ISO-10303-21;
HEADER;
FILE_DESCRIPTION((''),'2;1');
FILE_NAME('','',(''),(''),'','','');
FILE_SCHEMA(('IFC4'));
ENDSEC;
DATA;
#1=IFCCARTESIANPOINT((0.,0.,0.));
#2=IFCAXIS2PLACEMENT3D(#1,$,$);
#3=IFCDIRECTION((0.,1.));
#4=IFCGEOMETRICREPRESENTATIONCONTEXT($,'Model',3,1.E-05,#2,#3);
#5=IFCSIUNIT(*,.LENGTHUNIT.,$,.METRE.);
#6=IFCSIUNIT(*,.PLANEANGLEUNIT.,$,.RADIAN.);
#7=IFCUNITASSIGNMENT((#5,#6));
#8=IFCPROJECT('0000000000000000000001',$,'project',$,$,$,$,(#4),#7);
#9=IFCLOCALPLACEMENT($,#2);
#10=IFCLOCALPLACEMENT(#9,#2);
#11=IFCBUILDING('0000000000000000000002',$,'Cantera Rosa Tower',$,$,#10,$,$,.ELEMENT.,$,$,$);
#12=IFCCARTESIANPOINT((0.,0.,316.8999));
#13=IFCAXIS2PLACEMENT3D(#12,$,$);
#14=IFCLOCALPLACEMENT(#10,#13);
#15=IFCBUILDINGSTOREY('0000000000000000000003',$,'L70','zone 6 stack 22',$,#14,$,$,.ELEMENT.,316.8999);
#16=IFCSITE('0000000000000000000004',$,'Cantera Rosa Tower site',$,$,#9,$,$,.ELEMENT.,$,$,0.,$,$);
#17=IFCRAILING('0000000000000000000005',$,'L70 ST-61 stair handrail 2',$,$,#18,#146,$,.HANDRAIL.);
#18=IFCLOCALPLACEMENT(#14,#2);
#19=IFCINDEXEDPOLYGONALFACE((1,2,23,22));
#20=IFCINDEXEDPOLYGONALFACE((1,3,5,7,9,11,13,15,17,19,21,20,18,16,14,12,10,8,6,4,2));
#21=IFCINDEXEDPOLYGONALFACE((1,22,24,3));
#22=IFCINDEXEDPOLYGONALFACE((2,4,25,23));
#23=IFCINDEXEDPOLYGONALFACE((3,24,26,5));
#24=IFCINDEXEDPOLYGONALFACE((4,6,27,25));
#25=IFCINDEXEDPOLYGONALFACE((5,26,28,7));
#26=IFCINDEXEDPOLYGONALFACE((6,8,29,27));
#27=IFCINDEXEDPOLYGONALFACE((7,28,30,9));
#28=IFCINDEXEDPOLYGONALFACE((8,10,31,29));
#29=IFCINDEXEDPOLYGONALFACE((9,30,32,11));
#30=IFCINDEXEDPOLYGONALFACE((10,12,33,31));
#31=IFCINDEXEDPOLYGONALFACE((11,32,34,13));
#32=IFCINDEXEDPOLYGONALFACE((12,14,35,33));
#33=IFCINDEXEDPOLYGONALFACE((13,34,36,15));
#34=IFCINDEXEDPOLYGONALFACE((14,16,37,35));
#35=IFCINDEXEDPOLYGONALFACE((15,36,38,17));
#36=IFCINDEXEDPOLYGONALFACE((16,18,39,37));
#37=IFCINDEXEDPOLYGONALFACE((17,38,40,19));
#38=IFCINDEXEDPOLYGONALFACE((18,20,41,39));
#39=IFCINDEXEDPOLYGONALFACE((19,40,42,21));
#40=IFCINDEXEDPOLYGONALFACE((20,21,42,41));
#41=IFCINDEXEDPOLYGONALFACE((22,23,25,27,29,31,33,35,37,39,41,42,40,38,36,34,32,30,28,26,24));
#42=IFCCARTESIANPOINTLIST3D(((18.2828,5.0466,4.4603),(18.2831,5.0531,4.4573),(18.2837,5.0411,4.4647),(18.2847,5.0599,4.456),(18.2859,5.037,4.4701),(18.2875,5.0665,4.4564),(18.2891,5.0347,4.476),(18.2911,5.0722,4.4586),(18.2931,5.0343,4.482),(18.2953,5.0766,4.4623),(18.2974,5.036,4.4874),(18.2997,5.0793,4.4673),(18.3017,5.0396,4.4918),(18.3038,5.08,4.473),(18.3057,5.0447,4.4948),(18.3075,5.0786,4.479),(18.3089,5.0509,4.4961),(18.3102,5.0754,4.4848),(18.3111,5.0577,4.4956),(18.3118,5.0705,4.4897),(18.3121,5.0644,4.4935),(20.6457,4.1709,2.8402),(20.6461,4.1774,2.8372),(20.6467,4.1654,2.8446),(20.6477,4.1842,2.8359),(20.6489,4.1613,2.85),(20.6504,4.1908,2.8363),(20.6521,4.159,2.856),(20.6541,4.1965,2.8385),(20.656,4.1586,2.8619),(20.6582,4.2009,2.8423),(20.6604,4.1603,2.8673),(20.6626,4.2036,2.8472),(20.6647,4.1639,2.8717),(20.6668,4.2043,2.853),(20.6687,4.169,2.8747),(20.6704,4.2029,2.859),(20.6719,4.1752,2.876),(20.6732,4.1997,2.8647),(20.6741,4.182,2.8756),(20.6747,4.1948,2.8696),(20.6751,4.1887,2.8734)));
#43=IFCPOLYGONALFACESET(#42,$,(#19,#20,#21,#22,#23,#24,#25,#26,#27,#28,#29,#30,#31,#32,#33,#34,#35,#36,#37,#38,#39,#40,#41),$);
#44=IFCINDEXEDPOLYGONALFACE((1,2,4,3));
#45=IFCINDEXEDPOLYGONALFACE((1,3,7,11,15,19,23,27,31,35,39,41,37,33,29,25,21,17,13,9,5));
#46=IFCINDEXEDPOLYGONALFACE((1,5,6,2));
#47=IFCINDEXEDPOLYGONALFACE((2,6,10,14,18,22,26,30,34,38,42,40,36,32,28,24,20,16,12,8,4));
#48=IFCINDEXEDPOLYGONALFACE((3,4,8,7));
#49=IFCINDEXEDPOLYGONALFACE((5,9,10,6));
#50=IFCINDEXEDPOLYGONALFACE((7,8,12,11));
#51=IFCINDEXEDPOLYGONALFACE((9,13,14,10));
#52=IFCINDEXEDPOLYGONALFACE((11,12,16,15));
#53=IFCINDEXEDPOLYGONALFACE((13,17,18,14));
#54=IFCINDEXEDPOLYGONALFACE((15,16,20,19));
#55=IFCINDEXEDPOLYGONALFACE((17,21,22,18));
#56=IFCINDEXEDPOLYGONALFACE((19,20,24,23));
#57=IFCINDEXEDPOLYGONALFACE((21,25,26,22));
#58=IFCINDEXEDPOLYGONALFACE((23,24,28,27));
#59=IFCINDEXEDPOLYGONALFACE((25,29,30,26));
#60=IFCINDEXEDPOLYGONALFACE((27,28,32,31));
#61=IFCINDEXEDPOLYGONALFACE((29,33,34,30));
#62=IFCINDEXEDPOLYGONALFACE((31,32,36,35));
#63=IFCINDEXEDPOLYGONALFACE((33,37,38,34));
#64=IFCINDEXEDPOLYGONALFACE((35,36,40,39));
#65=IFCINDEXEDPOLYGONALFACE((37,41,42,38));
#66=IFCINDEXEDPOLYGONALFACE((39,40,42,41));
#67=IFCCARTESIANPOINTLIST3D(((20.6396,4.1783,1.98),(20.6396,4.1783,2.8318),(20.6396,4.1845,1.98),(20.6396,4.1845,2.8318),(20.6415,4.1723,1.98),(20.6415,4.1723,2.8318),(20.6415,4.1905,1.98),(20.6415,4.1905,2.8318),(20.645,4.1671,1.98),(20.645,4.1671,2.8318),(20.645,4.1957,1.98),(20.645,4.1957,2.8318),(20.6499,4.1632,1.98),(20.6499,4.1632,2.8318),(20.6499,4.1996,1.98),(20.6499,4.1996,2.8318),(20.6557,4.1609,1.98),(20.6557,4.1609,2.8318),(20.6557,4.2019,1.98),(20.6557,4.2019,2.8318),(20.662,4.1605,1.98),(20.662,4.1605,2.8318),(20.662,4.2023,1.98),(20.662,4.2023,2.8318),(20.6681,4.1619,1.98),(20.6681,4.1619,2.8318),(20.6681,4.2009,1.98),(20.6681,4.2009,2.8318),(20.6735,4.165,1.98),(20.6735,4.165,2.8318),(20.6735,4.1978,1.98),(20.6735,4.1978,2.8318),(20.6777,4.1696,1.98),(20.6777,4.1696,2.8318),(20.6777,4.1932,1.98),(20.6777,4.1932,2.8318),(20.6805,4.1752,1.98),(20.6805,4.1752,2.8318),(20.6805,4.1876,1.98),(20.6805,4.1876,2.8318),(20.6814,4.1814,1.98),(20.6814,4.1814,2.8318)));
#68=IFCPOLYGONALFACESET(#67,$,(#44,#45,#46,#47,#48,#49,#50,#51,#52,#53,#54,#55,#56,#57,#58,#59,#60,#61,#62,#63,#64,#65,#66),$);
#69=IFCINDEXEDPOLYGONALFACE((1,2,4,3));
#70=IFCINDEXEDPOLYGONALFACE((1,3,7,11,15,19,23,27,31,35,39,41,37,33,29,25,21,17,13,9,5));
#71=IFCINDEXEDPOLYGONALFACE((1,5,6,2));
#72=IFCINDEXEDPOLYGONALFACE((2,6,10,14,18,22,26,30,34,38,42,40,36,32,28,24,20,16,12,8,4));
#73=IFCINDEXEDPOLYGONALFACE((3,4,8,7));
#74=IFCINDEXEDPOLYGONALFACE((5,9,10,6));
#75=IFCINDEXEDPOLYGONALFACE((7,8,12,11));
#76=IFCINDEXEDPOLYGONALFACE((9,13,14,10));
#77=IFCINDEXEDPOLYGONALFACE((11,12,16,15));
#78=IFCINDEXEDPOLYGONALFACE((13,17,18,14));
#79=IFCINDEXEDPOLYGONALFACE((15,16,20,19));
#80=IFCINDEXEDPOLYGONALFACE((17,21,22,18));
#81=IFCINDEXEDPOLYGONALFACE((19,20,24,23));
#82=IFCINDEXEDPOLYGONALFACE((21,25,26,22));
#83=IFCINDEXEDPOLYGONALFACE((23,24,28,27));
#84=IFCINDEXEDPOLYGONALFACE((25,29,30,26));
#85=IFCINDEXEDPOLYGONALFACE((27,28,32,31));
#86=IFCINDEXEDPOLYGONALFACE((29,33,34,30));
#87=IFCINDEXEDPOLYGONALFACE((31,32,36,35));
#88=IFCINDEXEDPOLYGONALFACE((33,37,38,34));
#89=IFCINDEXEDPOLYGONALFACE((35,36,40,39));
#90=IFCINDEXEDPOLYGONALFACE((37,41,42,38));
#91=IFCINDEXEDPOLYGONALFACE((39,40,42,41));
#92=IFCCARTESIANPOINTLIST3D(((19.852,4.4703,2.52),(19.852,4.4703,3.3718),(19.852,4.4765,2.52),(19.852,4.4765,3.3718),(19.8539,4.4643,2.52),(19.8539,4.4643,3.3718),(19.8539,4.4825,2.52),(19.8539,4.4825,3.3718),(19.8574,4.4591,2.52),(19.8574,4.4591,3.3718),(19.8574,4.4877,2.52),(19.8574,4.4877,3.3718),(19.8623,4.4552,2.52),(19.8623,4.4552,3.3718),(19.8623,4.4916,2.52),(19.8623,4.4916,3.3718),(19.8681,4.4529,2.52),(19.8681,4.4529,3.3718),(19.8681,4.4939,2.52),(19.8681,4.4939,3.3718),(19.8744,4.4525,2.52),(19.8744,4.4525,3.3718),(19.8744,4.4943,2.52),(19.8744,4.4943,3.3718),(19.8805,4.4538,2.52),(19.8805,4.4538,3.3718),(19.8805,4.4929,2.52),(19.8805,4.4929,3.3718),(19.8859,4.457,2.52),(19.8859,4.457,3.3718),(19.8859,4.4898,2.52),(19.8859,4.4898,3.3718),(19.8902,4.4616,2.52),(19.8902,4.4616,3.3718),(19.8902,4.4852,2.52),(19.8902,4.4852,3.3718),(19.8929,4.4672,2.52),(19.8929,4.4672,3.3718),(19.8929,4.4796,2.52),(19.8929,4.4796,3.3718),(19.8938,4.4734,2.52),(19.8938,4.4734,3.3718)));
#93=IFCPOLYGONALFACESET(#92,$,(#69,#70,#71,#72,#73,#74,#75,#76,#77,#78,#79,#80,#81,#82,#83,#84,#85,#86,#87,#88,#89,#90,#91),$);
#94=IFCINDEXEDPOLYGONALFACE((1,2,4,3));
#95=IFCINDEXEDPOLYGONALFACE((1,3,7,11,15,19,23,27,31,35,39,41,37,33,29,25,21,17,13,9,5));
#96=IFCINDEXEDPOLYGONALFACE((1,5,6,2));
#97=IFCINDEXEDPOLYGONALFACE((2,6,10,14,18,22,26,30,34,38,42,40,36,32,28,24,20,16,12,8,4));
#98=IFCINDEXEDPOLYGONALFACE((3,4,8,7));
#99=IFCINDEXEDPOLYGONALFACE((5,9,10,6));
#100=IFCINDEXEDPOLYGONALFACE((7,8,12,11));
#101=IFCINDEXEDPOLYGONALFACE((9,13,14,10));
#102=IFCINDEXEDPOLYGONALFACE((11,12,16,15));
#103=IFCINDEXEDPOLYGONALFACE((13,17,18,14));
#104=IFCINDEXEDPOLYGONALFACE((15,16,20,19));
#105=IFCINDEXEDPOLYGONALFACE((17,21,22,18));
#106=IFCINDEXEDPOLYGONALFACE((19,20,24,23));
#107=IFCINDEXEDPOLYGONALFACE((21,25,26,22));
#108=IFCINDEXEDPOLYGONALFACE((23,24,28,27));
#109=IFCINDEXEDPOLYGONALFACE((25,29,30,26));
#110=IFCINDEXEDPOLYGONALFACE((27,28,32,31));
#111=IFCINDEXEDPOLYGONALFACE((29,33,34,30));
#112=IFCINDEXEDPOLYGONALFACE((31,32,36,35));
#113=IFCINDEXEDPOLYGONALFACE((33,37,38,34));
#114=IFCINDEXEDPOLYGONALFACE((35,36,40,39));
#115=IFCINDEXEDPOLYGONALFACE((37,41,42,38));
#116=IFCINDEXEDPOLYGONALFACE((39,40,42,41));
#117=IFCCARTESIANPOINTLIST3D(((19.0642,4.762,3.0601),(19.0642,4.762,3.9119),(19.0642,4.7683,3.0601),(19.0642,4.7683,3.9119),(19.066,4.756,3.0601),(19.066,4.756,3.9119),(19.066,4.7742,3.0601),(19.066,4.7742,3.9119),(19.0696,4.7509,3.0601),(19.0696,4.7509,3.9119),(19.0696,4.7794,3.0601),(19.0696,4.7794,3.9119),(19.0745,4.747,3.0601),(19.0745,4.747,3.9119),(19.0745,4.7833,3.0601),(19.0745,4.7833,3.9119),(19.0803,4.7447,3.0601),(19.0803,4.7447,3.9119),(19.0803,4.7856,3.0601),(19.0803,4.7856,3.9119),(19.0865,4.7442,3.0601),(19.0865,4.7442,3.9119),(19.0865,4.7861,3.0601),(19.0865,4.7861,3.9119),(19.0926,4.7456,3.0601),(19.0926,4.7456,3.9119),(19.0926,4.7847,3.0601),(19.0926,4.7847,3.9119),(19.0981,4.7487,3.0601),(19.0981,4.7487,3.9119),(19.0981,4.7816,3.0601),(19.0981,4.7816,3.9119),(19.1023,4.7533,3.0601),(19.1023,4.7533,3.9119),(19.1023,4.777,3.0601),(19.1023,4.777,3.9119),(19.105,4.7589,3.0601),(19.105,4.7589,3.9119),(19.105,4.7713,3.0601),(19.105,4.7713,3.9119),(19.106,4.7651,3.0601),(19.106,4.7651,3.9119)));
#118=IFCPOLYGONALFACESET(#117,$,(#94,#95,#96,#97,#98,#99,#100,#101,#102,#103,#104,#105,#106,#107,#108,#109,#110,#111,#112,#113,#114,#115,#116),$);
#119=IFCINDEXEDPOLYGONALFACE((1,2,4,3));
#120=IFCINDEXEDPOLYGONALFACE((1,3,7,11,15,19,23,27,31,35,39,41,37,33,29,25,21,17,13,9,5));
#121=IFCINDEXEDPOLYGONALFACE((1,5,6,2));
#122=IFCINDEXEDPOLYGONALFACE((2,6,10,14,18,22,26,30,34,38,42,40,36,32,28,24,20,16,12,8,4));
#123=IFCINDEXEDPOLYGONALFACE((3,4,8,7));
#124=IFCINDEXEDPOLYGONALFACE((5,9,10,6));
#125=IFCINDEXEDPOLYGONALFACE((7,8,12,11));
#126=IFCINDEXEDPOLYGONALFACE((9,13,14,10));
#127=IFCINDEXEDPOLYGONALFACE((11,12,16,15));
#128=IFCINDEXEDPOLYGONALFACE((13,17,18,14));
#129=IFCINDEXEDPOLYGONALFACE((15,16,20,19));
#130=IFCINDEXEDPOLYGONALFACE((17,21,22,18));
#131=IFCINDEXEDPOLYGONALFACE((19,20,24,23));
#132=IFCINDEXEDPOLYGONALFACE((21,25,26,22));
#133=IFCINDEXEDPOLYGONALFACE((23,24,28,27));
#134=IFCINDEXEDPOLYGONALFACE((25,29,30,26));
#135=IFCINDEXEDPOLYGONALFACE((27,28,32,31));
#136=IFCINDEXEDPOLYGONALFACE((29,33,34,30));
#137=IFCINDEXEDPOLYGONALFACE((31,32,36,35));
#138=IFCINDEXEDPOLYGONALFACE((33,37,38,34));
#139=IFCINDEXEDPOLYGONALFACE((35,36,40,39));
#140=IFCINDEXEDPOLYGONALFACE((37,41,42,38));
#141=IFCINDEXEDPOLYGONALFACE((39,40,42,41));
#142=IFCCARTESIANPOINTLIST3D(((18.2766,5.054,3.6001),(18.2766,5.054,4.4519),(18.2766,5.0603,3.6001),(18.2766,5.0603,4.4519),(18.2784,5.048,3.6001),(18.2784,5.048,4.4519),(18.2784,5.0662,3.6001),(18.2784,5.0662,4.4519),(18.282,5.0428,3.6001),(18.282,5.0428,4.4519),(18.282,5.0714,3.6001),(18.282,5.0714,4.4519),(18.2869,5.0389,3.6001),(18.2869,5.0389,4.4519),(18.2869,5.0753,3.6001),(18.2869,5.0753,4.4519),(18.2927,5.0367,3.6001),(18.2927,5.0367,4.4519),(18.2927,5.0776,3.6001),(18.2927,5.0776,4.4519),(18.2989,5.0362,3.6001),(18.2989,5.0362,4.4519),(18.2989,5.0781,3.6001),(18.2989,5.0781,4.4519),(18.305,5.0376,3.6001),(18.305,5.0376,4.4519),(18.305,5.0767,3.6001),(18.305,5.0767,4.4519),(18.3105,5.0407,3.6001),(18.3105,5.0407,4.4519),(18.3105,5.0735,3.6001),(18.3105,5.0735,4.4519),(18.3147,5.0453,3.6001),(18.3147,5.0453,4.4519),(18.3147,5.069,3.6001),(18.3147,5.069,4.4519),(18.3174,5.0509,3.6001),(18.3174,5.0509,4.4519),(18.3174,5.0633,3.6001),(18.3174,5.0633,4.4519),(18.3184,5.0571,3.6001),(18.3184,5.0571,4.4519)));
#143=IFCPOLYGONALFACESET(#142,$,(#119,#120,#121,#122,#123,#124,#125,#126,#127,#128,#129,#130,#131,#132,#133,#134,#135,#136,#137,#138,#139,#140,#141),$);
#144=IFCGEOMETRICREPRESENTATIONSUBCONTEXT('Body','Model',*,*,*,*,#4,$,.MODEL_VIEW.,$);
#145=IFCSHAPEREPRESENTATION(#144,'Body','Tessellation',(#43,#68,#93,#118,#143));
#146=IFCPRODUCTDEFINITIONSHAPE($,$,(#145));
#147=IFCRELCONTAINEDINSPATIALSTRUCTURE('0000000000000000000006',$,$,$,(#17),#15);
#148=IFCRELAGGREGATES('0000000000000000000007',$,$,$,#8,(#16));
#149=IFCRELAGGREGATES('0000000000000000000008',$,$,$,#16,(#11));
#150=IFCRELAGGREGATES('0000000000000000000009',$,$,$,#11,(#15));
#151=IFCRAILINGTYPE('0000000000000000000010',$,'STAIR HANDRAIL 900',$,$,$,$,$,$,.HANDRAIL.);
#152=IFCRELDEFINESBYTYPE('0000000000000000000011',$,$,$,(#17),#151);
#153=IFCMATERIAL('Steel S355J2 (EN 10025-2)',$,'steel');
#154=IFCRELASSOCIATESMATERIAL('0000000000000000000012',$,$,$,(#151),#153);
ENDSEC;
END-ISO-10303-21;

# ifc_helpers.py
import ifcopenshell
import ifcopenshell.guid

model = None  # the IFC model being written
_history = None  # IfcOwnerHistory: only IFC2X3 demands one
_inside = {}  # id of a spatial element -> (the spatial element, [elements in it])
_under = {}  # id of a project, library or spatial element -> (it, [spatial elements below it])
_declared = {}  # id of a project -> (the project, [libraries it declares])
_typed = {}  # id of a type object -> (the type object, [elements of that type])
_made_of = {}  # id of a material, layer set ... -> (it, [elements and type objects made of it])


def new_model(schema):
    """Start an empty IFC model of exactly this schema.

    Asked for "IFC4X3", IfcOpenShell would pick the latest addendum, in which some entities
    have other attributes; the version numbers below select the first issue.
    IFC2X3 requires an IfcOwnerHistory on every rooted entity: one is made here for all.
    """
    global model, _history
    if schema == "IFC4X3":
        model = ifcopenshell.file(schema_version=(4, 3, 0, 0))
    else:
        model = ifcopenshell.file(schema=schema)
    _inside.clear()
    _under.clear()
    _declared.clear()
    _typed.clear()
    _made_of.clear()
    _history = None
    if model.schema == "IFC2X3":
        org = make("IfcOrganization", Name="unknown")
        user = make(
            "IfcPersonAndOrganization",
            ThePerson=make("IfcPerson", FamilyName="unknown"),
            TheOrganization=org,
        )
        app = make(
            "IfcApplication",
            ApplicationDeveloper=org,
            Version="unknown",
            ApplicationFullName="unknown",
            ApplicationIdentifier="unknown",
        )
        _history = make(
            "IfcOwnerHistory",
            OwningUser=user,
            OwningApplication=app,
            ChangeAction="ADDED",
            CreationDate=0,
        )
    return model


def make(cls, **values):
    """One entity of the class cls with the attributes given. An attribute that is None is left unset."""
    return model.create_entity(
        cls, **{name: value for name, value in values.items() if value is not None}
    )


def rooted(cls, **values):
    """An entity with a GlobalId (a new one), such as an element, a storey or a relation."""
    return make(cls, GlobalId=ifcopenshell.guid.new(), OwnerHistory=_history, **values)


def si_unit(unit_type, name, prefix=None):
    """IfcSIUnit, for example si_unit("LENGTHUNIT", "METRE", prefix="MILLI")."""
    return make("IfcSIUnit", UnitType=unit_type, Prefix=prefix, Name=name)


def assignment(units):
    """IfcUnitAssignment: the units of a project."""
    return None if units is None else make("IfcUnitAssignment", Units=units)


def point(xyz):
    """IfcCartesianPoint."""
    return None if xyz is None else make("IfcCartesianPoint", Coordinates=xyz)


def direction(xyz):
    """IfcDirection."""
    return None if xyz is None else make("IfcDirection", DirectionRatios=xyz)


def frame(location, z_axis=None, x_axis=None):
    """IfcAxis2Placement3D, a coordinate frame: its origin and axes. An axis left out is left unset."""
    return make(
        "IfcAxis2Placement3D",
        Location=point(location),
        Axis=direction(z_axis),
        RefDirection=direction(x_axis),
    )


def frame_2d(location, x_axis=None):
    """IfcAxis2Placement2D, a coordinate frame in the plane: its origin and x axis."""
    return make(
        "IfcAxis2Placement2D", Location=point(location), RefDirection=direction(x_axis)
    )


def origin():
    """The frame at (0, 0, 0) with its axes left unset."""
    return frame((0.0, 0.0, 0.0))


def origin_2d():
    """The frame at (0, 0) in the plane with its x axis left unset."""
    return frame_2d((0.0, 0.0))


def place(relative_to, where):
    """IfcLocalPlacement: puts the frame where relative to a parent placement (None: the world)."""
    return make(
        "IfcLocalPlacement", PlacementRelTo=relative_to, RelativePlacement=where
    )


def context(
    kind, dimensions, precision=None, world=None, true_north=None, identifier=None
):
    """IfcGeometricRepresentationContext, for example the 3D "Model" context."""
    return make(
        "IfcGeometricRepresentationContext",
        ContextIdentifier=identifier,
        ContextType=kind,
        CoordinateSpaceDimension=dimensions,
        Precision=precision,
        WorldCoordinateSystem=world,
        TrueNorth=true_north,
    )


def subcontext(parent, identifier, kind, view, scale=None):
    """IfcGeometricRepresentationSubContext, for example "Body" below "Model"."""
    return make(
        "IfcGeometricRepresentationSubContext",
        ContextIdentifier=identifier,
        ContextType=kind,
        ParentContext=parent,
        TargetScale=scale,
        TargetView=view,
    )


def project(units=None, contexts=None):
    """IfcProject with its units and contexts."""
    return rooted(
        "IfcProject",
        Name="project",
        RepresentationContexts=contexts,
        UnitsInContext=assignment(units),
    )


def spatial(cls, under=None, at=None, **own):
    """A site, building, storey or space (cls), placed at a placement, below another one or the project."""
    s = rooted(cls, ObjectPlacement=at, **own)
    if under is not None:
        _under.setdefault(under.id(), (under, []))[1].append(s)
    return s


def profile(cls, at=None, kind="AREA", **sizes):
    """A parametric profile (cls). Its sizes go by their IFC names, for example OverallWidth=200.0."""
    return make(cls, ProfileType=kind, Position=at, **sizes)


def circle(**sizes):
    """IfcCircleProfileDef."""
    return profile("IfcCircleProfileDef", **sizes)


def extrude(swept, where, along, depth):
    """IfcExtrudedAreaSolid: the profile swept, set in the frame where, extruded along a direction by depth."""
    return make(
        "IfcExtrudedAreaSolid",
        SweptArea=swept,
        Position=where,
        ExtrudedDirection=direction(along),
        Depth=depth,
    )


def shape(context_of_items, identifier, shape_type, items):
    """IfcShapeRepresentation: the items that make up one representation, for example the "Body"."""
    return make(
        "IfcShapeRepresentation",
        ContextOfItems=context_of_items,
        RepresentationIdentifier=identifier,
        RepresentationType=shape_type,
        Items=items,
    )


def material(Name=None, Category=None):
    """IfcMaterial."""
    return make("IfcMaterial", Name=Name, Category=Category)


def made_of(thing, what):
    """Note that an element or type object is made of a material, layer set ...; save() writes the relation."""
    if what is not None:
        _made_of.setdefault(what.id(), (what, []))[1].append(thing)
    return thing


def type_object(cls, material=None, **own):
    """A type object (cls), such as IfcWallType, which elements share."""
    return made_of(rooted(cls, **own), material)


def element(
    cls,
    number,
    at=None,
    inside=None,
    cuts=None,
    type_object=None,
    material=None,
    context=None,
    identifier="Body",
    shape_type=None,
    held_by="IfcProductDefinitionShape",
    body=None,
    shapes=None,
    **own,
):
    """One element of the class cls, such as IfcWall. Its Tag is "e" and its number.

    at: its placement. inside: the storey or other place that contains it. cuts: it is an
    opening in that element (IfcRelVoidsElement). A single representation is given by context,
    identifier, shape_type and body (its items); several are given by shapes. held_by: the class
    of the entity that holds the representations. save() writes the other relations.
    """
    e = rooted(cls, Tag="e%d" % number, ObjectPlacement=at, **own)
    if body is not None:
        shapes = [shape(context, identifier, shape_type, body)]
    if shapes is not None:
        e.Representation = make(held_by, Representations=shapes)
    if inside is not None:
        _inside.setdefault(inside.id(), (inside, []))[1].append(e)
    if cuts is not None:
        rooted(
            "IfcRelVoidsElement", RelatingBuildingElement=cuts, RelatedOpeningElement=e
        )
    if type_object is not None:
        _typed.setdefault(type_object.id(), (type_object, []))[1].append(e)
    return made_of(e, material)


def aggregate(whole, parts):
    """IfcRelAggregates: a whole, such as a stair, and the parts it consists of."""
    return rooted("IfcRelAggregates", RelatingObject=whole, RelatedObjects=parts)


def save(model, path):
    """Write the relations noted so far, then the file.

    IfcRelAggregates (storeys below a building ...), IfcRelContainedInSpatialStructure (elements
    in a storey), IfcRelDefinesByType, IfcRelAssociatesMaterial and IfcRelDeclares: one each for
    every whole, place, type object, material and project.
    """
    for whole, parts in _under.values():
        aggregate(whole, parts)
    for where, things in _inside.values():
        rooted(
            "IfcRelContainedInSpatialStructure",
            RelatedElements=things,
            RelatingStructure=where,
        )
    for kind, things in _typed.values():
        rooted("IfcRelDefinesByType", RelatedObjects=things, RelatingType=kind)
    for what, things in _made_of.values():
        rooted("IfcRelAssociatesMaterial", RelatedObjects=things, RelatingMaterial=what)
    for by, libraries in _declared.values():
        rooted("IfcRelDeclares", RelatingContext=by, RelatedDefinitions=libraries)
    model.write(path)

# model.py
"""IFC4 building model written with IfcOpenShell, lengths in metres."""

from ifc_helpers import new_model, si_unit, direction, frame, origin, origin_2d, place, context, subcontext, project, spatial, circle, extrude, material, type_object, element, save


model = new_model("IFC4")

# Units and contexts
model_context = context("Model", 3, precision=1e-05, world=origin(), true_north=direction((0.0, 1.0)))
body_context = subcontext(model_context, "Body", "Model", "MODEL_VIEW")
ifc_project = project(units=[si_unit("LENGTHUNIT", "METRE"), si_unit("PLANEANGLEUNIT", "RADIAN")], contexts=[model_context])

# Site, building, storey
site_placement = place(None, origin())
site = spatial("IfcSite", under=ifc_project, at=site_placement, Name="Cantera Rosa Tower site", CompositionType="ELEMENT", RefElevation=0.0)
building_placement = place(site_placement, origin())
building = spatial("IfcBuilding", under=site, at=building_placement, Name="Cantera Rosa Tower", CompositionType="ELEMENT")
storey_placement = place(building_placement, frame((0.0, 0.0, 316.8999)))
storey = spatial("IfcBuildingStorey", under=building, at=storey_placement, Name="L70", Description="zone 6 stack 22", CompositionType="ELEMENT", Elevation=316.8999)

# Railing
ifc_material_1 = material(Name="Steel S355J2 (EN 10025-2)", Category="steel")
railing_type_1 = type_object("IfcRailingType", Name="STAIR HANDRAIL 900", PredefinedType="HANDRAIL", material=ifc_material_1)
railing_1_placement = place(storey_placement, frame((20.6604, 4.1814, 1.98)))
element("IfcRailing", 1, at=railing_1_placement, inside=storey, type_object=railing_type_1, Name="L70 ST-61 stair handrail 2", PredefinedType="HANDRAIL", context=body_context, shape_type="SweptSolid", body=[
    extrude(circle(Radius=0.0239, at=origin_2d()), frame((0.0, 0.0, 0.876), z_axis=(-0.788748, 0.292307, 0.540772), x_axis=(-0.347501, -0.93768, 0.0)), (0.0, 0.0, 1.0), 2.9958),
    extrude(circle(Radius=0.021, at=origin_2d()), origin(), (0.0, 0.0, 1.0), 0.8518),
    extrude(circle(Radius=0.021, at=origin_2d()), frame((-0.7876, 0.292, 0.54)), (0.0, 0.0, 1.0), 0.8518),
    extrude(circle(Radius=0.021, at=origin_2d()), frame((-1.5754, 0.5837, 1.0801)), (0.0, 0.0, 1.0), 0.8518),
    extrude(circle(Radius=0.021, at=origin_2d()), frame((-2.363, 0.8757, 1.6201)), (0.0, 0.0, 1.0), 0.8518),
])

save(model, "model.ifc")
